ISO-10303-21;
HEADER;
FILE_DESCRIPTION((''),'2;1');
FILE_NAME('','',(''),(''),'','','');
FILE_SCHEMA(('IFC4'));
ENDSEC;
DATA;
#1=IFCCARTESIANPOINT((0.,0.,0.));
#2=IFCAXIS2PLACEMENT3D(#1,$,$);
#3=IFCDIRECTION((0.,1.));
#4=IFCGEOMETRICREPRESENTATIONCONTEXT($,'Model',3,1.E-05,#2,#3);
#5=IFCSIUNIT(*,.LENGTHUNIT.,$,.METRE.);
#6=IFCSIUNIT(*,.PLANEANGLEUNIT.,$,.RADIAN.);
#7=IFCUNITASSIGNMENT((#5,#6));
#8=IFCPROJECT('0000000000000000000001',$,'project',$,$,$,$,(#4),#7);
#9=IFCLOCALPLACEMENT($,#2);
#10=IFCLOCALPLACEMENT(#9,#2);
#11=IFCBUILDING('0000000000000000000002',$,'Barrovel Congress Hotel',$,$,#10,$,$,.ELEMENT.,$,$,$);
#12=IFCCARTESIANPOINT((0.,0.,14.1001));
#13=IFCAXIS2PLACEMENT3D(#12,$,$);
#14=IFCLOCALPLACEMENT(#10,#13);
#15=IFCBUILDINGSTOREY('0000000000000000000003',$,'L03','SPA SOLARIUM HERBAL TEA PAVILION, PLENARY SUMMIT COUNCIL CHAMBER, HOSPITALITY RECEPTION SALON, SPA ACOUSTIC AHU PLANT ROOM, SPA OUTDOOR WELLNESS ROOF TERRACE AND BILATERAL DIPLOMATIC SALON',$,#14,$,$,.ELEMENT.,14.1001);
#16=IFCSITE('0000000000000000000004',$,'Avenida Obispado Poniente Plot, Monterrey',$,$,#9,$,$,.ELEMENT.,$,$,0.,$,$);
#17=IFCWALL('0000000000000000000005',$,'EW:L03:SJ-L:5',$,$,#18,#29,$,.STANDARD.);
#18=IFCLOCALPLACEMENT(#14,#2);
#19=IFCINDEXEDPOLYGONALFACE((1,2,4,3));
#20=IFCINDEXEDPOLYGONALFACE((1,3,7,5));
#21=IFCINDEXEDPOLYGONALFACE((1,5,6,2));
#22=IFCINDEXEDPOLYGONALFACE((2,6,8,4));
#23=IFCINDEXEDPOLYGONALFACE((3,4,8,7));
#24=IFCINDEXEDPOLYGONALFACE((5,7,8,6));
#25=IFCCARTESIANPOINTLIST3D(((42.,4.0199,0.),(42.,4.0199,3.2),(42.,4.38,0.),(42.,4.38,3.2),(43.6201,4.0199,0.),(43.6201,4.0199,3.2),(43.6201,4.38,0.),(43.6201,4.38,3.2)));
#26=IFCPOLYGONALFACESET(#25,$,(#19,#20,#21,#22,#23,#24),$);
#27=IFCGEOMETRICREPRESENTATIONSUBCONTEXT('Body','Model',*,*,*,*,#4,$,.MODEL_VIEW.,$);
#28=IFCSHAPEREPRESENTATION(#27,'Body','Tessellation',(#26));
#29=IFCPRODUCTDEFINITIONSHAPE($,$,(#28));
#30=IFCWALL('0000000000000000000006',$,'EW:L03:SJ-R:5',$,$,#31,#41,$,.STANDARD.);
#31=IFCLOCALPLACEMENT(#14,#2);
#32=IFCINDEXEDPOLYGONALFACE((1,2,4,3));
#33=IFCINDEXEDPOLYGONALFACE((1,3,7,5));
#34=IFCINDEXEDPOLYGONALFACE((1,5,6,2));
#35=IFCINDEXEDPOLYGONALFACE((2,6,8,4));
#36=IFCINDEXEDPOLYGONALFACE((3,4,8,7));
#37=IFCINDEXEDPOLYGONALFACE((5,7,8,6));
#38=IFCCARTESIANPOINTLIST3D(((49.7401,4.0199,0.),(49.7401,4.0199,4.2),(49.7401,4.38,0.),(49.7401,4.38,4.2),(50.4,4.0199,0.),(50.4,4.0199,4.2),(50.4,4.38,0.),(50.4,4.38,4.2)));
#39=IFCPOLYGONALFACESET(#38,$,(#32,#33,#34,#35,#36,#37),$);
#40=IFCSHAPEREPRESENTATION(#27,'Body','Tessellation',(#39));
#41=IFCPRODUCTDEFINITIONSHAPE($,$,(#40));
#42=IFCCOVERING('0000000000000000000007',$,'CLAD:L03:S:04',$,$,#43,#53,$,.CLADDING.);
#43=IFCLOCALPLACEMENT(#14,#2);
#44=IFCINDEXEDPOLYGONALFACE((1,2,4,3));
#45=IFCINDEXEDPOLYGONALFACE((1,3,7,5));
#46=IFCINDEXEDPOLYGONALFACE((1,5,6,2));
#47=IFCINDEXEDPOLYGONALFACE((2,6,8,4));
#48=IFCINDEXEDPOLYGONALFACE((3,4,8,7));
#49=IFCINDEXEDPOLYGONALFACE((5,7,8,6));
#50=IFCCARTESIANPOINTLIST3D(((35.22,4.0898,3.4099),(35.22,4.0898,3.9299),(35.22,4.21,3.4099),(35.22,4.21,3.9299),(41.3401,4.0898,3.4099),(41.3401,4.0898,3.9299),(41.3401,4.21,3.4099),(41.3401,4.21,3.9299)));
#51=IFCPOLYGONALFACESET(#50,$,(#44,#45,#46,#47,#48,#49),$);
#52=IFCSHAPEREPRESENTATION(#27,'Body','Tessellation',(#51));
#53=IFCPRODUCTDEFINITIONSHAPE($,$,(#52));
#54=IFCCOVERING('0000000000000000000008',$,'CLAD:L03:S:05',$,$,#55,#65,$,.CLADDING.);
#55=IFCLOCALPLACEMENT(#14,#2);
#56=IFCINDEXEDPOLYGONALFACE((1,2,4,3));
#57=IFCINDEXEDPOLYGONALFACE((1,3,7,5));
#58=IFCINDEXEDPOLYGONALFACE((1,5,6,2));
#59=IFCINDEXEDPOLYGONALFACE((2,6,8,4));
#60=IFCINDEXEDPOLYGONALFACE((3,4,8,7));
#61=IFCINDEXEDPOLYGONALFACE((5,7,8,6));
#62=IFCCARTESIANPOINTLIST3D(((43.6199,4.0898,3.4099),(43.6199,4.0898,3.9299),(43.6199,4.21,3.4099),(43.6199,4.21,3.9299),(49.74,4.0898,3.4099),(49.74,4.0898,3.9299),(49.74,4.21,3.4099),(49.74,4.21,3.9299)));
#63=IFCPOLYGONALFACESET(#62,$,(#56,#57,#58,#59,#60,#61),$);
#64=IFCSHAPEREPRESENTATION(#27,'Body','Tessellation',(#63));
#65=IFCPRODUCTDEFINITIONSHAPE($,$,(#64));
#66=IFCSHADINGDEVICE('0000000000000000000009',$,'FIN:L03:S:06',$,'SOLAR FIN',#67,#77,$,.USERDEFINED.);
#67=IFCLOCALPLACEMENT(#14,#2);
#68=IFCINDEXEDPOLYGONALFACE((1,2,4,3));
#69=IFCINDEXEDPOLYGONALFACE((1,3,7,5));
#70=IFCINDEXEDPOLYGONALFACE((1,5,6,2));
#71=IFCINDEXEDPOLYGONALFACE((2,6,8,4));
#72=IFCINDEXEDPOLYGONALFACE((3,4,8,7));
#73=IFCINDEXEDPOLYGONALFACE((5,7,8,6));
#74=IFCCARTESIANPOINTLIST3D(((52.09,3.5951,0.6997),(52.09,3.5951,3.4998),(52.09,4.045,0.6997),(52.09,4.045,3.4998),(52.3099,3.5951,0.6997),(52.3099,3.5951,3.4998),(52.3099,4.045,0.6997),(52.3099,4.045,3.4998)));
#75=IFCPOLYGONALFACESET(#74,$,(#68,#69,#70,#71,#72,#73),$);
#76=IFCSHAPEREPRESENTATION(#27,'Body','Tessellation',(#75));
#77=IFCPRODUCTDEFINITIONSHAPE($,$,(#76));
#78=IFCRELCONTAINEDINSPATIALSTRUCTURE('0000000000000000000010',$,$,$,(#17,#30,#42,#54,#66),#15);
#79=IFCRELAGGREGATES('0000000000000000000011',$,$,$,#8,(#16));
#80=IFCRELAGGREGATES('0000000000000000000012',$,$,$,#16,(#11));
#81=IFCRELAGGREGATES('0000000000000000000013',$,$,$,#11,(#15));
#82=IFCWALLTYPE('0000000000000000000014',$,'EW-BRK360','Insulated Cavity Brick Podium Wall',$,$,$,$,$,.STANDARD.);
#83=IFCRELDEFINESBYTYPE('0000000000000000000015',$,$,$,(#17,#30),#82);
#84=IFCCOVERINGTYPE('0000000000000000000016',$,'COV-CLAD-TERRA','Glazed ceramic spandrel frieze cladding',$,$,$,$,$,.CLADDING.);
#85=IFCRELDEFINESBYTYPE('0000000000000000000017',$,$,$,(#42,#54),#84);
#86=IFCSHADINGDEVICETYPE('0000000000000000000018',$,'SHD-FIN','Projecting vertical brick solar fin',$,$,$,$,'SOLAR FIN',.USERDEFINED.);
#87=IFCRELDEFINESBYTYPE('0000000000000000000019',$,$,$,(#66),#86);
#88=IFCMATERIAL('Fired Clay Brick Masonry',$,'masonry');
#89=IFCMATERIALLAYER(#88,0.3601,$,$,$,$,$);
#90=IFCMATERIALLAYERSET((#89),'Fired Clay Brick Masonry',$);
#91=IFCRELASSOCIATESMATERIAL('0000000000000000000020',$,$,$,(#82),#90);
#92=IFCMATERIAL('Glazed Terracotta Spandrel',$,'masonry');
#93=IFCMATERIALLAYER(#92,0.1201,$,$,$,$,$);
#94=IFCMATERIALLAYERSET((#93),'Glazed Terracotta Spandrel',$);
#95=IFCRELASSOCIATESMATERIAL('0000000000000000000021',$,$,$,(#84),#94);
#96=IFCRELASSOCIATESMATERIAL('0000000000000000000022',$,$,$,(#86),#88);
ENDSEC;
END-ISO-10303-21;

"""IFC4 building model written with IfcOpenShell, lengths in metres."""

from ifc_helpers import new_model, si_unit, direction, frame, frame_2d, origin, origin_2d, place, context, subcontext, project, spatial, rectangle, extrude, material, layer, layer_set, type_object, element, save


model = new_model("IFC4")

# Units and contexts
model_context = context("Model", 3, precision=1e-05, world=origin(), true_north=direction((0.0, 1.0)))
body_context = subcontext(model_context, "Body", "Model", "MODEL_VIEW")
ifc_project = project(units=[si_unit("LENGTHUNIT", "METRE"), si_unit("PLANEANGLEUNIT", "RADIAN")], contexts=[model_context])

# Site, building, storey
site_placement = place(None, origin())
site = spatial("IfcSite", under=ifc_project, at=site_placement, Name="Avenida Obispado Poniente Plot, Monterrey", CompositionType="ELEMENT", RefElevation=0.0)
building_placement = place(site_placement, origin())
building = spatial("IfcBuilding", under=site, at=building_placement, Name="Barrovel Congress Hotel", CompositionType="ELEMENT")
storey_placement = place(building_placement, frame((0.0, 0.0, 14.1001)))
storey = spatial("IfcBuildingStorey", under=building, at=storey_placement, Name="L03", Description="SPA SOLARIUM HERBAL TEA PAVILION, PLENARY SUMMIT COUNCIL CHAMBER, HOSPITALITY RECEPTION SALON, SPA ACOUSTIC AHU PLANT ROOM, SPA OUTDOOR WELLNESS ROOF TERRACE AND BILATERAL DIPLOMATIC SALON", CompositionType="ELEMENT", Elevation=14.1001)

# Walls
ifc_material_1 = material(Name="Fired Clay Brick Masonry", Category="masonry")
ifc_layer_1 = layer(ifc_material_1, 0.3601)
ifc_layer_set_1 = layer_set([ifc_layer_1], Name="Fired Clay Brick Masonry")
wall_type = type_object("IfcWallType", Name="EW-BRK360", Description="Insulated Cavity Brick Podium Wall", PredefinedType="STANDARD", material=ifc_layer_set_1)
wall_1_placement = place(storey_placement, frame((42.0, 4.2, 0.0), z_axis=(0.0, 0.0, 1.0), x_axis=(1.0, 0.0, 0.0)))
element("IfcWall", 1, at=wall_1_placement, inside=storey, type_object=wall_type, Name="EW:L03:SJ-L:5", PredefinedType="STANDARD", context=body_context, shape_type="SweptSolid", body=[
    extrude(rectangle(XDim=1.6201, YDim=0.3601, at=frame_2d((0.8101, 0.0))), origin(), (0.0, 0.0, 1.0), 3.2),
])
wall_2_placement = place(storey_placement, frame((49.74, 4.2, 0.0), z_axis=(0.0, 0.0, 1.0), x_axis=(1.0, 0.0, 0.0)))
element("IfcWall", 2, at=wall_2_placement, inside=storey, type_object=wall_type, Name="EW:L03:SJ-R:5", PredefinedType="STANDARD", context=body_context, shape_type="SweptSolid", body=[
    extrude(rectangle(XDim=0.6599, YDim=0.3601, at=frame_2d((0.3301, 0.0))), origin(), (0.0, 0.0, 1.0), 4.2),
])

# Coverings
ifc_material_2 = material(Name="Glazed Terracotta Spandrel", Category="masonry")
ifc_layer_2 = layer(ifc_material_2, 0.1201)
ifc_layer_set_2 = layer_set([ifc_layer_2], Name="Glazed Terracotta Spandrel")
covering_type = type_object("IfcCoveringType", Name="COV-CLAD-TERRA", Description="Glazed ceramic spandrel frieze cladding", PredefinedType="CLADDING", material=ifc_layer_set_2)
for number, where, z_axis, x_axis, name in (
    (3, (38.28, 4.1499, 3.4099), (0.0, 0.0, 1.0), (1.0, 0.0, 0.0), "CLAD:L03:S:04"),
    (4, (46.6799, 4.1499, 3.4099), (0.0, 0.0, 1.0), (1.0, 0.0, 0.0), "CLAD:L03:S:05"),
):
    element("IfcCovering", number, at=place(storey_placement, frame(where, z_axis=z_axis, x_axis=x_axis)), inside=storey, type_object=covering_type, Name=name, PredefinedType="CLADDING", context=body_context, shape_type="SweptSolid", body=[
        extrude(rectangle(XDim=6.1201, YDim=0.1201, at=origin_2d()), origin(), (0.0, 0.0, 1.0), 0.52),
    ])

# Shading device
shading_device_type = type_object("IfcShadingDeviceType", Name="SHD-FIN", Description="Projecting vertical brick solar fin", ElementType="SOLAR FIN", PredefinedType="USERDEFINED", material=ifc_material_1)
shading_device_placement = place(storey_placement, frame((52.2, 3.8201, 0.6997), z_axis=(0.0, 0.0, 1.0), x_axis=(1.0, 0.0, 0.0)))
element("IfcShadingDevice", 5, at=shading_device_placement, inside=storey, type_object=shading_device_type, Name="FIN:L03:S:06", ObjectType="SOLAR FIN", PredefinedType="USERDEFINED", context=body_context, shape_type="SweptSolid", body=[
    extrude(rectangle(XDim=0.22, YDim=0.45, at=origin_2d()), origin(), (0.0, 0.0, 1.0), 2.8),
])

save(model, "model.ifc")
